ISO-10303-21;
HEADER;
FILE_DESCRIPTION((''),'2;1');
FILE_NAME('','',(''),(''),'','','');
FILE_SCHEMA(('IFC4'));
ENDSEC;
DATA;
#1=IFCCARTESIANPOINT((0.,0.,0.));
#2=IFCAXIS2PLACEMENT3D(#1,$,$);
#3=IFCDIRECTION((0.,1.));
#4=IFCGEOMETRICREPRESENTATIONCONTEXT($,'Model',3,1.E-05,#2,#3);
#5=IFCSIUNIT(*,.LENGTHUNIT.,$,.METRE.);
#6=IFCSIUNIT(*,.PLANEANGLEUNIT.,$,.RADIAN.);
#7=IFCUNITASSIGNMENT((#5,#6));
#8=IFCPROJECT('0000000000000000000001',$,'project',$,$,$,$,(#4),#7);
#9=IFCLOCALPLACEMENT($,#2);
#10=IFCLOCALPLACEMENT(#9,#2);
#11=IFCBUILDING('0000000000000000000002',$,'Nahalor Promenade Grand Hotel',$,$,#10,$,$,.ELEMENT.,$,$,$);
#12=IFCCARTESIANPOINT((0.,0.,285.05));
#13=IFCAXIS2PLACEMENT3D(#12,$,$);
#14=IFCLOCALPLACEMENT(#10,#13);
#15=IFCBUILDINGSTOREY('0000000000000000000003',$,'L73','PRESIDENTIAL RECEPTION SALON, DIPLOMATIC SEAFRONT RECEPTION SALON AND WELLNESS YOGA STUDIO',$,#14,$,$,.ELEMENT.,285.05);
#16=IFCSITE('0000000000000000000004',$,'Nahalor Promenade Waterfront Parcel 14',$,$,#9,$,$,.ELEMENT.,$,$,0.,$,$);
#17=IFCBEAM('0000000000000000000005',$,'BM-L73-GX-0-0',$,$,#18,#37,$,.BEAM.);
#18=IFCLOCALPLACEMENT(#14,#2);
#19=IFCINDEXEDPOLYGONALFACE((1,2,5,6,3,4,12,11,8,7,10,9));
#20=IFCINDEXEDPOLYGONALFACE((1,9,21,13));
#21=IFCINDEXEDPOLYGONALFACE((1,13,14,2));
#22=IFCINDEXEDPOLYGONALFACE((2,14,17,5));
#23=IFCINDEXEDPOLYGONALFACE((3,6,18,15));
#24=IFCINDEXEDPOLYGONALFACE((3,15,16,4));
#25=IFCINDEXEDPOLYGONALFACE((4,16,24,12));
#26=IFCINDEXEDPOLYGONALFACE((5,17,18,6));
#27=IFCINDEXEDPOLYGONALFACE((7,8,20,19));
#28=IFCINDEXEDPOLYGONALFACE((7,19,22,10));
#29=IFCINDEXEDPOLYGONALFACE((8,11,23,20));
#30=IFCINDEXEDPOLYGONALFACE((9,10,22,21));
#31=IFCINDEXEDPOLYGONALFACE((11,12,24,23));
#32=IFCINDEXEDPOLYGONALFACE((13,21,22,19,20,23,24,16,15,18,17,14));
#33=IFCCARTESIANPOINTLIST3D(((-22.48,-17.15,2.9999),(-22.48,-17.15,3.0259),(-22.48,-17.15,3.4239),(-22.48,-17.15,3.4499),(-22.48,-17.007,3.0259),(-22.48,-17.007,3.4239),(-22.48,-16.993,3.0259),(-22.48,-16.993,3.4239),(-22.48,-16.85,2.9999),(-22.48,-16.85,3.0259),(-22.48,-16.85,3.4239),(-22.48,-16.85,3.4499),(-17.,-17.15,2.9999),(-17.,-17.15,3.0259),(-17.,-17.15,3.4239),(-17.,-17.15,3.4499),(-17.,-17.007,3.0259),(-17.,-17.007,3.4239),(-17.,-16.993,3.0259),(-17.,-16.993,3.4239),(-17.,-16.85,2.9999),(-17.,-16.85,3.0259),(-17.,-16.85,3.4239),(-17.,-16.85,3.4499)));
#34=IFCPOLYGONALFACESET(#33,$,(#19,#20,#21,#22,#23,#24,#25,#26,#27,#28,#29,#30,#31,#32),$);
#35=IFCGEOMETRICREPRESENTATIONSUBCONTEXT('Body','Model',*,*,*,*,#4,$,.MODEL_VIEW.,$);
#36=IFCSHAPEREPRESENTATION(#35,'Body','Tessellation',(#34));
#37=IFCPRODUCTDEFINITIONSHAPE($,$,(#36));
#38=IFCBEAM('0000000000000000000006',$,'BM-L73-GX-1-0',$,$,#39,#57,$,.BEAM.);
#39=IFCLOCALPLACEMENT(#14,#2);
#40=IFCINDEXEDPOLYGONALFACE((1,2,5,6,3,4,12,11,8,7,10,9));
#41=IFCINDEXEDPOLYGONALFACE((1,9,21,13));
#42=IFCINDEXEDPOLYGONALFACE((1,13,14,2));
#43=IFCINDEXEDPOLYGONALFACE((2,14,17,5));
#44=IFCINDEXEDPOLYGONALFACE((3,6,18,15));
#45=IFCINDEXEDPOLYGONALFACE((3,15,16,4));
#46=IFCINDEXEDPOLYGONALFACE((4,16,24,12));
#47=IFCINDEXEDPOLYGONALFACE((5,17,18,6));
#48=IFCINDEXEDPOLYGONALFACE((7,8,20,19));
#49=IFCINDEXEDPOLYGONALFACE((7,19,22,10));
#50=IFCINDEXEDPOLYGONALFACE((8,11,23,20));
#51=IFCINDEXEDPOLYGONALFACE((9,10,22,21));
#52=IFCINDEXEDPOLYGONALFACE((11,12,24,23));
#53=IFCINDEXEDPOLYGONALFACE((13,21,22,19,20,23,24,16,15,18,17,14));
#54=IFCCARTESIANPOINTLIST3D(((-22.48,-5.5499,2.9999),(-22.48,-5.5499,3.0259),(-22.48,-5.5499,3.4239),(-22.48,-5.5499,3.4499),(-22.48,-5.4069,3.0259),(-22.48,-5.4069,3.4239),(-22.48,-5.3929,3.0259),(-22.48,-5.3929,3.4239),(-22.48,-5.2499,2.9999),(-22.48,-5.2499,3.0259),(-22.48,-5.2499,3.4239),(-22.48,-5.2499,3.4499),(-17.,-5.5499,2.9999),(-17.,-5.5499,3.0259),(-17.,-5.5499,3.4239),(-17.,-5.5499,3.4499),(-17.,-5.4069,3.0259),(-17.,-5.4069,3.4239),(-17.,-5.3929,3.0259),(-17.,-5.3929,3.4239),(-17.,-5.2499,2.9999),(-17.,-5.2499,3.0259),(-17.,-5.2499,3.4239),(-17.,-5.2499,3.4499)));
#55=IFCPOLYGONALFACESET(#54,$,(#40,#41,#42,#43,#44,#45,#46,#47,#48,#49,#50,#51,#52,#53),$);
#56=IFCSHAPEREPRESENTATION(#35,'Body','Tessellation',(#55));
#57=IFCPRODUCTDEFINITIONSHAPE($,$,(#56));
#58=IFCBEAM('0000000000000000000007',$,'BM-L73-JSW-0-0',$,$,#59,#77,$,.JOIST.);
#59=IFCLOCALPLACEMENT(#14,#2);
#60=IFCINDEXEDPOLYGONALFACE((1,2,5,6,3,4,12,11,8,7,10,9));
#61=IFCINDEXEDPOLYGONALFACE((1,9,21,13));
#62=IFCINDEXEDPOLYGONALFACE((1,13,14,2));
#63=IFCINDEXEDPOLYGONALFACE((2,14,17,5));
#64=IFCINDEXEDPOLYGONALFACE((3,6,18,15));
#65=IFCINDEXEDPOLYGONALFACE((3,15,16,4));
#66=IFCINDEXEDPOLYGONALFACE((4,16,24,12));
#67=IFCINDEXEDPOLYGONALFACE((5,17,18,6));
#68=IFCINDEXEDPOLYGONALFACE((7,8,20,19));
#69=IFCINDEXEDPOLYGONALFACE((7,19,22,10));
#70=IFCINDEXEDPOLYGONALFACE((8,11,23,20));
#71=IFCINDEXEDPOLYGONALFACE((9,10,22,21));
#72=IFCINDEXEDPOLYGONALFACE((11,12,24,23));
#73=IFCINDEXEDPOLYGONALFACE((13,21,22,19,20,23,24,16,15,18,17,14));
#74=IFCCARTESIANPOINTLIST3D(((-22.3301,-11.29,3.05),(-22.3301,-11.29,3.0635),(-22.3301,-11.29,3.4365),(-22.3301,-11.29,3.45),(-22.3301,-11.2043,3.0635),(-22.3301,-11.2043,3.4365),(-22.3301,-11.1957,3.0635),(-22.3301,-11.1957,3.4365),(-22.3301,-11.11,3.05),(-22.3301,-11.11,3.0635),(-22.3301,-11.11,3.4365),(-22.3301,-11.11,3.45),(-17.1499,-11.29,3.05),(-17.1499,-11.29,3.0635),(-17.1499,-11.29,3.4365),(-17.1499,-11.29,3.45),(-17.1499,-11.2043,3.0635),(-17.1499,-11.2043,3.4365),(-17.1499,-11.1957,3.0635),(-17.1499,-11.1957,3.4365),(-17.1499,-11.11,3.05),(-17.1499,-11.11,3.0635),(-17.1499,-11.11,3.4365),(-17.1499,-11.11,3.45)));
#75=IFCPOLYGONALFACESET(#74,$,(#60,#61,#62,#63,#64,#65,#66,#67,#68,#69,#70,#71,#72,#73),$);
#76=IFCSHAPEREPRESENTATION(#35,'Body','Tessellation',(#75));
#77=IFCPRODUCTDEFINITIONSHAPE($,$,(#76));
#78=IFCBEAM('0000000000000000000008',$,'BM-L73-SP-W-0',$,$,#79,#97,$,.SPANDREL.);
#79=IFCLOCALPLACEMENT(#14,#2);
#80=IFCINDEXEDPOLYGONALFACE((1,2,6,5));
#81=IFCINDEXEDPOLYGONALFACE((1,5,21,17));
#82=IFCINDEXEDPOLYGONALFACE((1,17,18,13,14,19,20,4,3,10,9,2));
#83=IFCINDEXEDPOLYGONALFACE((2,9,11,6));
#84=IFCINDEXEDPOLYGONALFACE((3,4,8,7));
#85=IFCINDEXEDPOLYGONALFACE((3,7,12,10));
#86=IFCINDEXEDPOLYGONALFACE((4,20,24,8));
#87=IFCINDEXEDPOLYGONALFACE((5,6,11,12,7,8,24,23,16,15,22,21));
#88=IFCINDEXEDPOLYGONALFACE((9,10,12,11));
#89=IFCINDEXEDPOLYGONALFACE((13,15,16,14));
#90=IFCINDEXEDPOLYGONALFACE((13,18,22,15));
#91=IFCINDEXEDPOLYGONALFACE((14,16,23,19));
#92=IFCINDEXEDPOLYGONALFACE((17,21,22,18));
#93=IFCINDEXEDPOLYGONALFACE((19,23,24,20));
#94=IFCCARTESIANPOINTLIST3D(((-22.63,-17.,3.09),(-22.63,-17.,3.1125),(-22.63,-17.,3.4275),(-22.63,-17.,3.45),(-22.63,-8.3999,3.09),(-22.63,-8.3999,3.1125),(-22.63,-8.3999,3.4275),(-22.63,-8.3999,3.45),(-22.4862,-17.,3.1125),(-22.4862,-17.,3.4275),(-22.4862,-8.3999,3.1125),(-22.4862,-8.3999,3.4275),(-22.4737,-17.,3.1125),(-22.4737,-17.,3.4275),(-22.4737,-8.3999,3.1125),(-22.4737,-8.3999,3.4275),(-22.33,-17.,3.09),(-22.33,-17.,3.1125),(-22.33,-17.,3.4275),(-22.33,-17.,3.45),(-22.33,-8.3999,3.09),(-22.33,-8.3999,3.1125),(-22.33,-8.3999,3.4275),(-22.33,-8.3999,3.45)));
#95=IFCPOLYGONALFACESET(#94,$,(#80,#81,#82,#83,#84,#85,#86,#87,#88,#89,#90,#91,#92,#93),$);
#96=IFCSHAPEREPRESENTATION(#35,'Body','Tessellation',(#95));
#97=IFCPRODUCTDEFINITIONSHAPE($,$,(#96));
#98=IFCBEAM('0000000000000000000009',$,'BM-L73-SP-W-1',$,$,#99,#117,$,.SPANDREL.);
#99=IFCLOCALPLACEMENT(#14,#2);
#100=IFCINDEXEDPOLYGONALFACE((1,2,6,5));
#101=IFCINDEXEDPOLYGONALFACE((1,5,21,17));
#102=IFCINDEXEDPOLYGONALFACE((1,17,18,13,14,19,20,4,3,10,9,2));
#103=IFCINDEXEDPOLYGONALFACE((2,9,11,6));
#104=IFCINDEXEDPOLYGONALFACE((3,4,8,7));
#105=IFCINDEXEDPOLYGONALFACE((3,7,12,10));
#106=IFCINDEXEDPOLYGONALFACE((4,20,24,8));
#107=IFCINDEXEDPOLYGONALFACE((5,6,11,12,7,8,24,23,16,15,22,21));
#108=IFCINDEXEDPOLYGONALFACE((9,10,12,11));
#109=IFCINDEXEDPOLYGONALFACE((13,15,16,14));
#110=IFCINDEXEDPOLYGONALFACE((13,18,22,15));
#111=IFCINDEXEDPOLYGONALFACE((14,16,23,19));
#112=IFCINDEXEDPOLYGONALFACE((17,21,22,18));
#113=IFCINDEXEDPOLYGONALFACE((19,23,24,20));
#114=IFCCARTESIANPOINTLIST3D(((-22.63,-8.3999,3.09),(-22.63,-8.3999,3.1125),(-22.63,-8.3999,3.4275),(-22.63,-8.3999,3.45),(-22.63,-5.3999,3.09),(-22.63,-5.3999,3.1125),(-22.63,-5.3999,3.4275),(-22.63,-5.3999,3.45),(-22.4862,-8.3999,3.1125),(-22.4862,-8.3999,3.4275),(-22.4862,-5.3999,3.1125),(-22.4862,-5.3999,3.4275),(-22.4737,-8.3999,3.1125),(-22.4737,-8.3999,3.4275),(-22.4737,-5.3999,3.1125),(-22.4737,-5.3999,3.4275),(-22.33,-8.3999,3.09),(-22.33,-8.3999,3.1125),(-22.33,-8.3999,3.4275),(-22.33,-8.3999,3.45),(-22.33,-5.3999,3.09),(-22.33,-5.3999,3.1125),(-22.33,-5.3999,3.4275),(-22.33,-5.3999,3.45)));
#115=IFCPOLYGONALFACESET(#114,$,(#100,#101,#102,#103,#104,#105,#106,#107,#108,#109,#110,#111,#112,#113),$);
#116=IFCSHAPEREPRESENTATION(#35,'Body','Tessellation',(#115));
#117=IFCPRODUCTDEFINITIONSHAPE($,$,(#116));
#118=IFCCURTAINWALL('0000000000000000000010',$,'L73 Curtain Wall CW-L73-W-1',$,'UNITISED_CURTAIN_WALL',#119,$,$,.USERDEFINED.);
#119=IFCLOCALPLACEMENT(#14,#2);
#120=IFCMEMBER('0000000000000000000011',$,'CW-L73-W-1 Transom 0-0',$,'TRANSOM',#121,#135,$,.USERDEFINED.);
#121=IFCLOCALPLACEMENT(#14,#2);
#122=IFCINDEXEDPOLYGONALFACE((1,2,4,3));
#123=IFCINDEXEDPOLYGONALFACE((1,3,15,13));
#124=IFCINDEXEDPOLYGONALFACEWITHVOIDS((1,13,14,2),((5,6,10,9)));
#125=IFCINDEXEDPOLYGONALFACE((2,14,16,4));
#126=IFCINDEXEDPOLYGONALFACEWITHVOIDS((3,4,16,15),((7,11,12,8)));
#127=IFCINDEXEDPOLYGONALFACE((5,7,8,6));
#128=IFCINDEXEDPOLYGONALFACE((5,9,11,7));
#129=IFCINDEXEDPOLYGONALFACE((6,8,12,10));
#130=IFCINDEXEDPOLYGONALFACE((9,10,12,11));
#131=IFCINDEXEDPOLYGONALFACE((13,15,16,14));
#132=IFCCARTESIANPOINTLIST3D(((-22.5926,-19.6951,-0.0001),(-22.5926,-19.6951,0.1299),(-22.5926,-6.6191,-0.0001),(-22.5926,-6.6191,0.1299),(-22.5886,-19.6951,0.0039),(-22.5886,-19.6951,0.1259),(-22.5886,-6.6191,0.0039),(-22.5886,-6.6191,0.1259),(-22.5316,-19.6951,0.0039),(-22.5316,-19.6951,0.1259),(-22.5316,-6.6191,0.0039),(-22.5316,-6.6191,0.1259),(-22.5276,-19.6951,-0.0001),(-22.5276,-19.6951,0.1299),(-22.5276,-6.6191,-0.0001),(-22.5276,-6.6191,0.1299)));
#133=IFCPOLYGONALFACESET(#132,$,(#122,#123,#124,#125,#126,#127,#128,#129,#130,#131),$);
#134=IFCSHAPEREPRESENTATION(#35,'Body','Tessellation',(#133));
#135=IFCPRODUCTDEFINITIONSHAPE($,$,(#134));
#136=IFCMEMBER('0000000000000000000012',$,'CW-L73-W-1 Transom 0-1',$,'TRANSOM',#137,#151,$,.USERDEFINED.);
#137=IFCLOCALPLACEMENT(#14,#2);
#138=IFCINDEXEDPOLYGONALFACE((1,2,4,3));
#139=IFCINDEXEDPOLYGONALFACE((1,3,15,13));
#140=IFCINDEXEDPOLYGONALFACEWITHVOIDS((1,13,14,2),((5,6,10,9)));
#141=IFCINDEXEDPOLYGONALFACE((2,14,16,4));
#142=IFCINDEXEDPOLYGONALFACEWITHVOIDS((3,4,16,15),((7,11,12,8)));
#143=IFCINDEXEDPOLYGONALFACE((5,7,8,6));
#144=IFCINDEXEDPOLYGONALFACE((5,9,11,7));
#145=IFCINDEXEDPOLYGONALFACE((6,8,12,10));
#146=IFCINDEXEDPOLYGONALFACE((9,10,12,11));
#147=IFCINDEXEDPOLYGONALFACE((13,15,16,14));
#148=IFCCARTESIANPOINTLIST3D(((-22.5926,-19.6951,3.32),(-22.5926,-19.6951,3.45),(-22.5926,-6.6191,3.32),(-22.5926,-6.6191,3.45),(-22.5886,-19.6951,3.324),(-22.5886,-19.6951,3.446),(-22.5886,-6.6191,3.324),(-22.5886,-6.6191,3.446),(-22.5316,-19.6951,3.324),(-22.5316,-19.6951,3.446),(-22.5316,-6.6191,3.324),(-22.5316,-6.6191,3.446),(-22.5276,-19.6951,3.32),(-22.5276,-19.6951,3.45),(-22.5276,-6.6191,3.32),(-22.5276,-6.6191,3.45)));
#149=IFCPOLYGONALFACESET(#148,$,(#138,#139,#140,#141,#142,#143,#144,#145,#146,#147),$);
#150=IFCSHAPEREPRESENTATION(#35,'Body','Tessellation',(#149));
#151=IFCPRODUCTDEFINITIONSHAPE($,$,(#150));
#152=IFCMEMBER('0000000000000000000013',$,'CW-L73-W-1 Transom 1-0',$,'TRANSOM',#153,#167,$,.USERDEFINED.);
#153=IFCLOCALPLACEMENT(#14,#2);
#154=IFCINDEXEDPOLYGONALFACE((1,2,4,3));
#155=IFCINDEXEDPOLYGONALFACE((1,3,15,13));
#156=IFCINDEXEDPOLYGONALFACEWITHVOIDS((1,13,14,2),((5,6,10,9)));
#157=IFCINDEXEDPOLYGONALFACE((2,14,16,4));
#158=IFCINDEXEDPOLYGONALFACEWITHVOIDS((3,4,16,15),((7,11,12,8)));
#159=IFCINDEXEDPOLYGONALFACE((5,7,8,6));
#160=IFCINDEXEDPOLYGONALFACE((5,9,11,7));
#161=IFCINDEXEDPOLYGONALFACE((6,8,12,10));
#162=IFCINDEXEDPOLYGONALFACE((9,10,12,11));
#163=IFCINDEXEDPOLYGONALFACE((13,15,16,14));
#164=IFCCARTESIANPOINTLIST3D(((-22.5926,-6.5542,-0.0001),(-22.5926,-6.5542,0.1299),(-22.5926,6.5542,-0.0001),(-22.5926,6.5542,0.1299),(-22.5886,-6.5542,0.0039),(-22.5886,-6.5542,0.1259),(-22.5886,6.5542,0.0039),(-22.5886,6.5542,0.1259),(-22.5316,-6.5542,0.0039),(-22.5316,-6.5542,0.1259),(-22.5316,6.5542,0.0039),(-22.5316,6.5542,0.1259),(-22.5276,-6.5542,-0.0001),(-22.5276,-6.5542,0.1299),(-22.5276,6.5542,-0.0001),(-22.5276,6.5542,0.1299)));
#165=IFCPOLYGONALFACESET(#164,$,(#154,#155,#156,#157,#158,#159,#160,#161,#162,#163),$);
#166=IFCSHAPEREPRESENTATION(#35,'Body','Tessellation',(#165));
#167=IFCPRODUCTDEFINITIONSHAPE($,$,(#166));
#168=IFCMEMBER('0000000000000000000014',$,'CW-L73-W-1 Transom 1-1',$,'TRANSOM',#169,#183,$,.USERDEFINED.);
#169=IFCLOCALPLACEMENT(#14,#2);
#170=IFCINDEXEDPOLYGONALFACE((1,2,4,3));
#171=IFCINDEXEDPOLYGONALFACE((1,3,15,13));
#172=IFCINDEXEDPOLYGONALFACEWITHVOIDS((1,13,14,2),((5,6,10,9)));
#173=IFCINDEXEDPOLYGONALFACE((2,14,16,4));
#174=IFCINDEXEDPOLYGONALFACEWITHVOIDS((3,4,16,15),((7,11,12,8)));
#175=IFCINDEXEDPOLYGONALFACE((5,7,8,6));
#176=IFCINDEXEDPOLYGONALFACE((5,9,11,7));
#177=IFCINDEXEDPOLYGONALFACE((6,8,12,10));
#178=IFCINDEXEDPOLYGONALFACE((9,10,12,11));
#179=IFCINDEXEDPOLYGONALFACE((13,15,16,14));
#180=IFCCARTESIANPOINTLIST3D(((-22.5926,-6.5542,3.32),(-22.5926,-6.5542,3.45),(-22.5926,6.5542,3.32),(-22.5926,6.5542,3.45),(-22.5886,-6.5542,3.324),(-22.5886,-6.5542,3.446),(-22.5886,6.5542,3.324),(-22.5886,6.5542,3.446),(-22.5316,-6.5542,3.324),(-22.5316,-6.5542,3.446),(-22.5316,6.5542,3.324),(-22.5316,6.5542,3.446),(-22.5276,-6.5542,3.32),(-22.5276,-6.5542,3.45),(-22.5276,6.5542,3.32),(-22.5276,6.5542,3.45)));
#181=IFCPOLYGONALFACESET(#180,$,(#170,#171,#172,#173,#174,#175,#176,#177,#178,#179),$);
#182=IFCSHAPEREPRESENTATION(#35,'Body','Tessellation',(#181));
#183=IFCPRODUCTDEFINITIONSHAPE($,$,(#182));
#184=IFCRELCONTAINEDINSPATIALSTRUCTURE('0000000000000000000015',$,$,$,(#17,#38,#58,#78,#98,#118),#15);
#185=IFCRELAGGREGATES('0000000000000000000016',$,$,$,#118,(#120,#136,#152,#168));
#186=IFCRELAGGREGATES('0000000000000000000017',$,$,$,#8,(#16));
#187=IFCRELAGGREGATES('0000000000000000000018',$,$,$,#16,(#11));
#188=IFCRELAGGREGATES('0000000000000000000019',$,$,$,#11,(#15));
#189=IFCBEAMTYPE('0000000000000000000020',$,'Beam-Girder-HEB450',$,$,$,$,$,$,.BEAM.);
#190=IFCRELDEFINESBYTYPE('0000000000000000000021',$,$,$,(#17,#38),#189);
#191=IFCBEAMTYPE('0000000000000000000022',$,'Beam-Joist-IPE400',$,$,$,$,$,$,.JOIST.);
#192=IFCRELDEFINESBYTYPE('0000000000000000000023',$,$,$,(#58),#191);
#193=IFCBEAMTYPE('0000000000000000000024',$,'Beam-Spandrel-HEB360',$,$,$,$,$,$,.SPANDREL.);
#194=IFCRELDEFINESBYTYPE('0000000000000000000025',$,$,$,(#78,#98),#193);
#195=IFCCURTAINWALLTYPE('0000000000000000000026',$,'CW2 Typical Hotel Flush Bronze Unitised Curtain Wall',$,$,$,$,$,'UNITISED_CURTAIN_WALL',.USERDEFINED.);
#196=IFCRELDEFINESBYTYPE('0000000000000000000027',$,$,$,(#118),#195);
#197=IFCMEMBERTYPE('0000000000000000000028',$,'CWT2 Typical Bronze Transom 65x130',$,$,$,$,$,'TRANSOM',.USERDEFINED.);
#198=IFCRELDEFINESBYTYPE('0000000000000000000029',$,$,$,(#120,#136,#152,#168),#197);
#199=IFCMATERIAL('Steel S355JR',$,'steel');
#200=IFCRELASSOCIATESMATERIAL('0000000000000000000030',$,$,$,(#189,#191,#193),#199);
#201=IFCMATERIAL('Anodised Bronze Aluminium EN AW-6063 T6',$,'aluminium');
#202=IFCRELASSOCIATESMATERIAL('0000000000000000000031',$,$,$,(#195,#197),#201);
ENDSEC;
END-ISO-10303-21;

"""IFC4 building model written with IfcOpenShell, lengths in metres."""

from ifc_helpers import new_model, si_unit, direction, frame, origin, origin_2d, place, context, subcontext, project, spatial, hollow_rectangle, i_section, extrude, source, transform, mapped, material, material_profile, profile_set, type_object, element, aggregate, save


model = new_model("IFC4")

# Units and contexts
model_context = context("Model", 3, precision=1e-05, world=origin(), true_north=direction((0.0, 1.0)))
body_context = subcontext(model_context, "Body", "Model", "MODEL_VIEW")
ifc_project = project(units=[si_unit("LENGTHUNIT", "METRE"), si_unit("PLANEANGLEUNIT", "RADIAN")], contexts=[model_context])

# Site, building, storey
site_placement = place(None, origin())
site = spatial("IfcSite", under=ifc_project, at=site_placement, Name="Nahalor Promenade Waterfront Parcel 14", CompositionType="ELEMENT", RefElevation=0.0)
building_placement = place(site_placement, origin())
building = spatial("IfcBuilding", under=site, at=building_placement, Name="Nahalor Promenade Grand Hotel", CompositionType="ELEMENT")
storey_placement = place(building_placement, frame((0.0, 0.0, 285.05)))
storey = spatial("IfcBuildingStorey", under=building, at=storey_placement, Name="L73", Description="PRESIDENTIAL RECEPTION SALON, DIPLOMATIC SEAFRONT RECEPTION SALON AND WELLNESS YOGA STUDIO", CompositionType="ELEMENT", Elevation=285.05)

# Shared definitions
ifc_material_1 = material(Name="Steel S355JR", Category="steel")

# Beams
ifc_material_profile_1 = material_profile(ifc_material_1, i_section(OverallWidth=0.3, OverallDepth=0.45, WebThickness=0.014, FlangeThickness=0.026, at=origin_2d()), Name="HEB 450")
ifc_profile_set_1 = profile_set([ifc_material_profile_1], Name="Steel S355JR")
beam_type_1 = type_object("IfcBeamType", Name="Beam-Girder-HEB450", PredefinedType="BEAM", material=ifc_profile_set_1)
ifc_material_profile_2 = material_profile(ifc_material_1, i_section(OverallWidth=0.18, OverallDepth=0.4, WebThickness=0.0086, FlangeThickness=0.0135, at=origin_2d()), Name="IPE 400")
ifc_profile_set_2 = profile_set([ifc_material_profile_2], Name="Steel S355JR")
beam_type_2 = type_object("IfcBeamType", Name="Beam-Joist-IPE400", PredefinedType="JOIST", material=ifc_profile_set_2)
shared_shape_1 = source(origin(), body_context, "Body", "SweptSolid", [
    extrude(i_section(OverallWidth=0.3, OverallDepth=0.45, WebThickness=0.014, FlangeThickness=0.026, at=origin_2d()), origin(), (0.0, 0.0, 1.0), 5.48),
])
for number, where, z_axis, x_axis, name in (
    (1, (-22.48, -17.0, 3.2249), (1.0, 0.0, 0.0), (0.0, 1.0, 0.0), "BM-L73-GX-0-0"),
    (2, (-22.48, -5.3999, 3.2249), (1.0, 0.0, 0.0), (0.0, 1.0, 0.0), "BM-L73-GX-1-0"),
):
    element("IfcBeam", number, at=place(storey_placement, frame(where, z_axis=z_axis, x_axis=x_axis)), inside=storey, type_object=beam_type_1, Name=name, PredefinedType="BEAM", context=body_context, shape_type="MappedRepresentation", body=[
        mapped(shared_shape_1, transform((0.0, 0.0, 0.0), scale=1.0)),
    ])
shared_shape_2 = source(origin(), body_context, "Body", "SweptSolid", [
    extrude(i_section(OverallWidth=0.18, OverallDepth=0.4, WebThickness=0.0086, FlangeThickness=0.0135, at=origin_2d()), origin(), (0.0, 0.0, 1.0), 5.1802),
])
beam_1_placement = place(storey_placement, frame((-22.3301, -11.2, 3.25), z_axis=(1.0, 0.0, 0.0), x_axis=(0.0, 1.0, 0.0)))
element("IfcBeam", 3, at=beam_1_placement, inside=storey, type_object=beam_type_2, Name="BM-L73-JSW-0-0", PredefinedType="JOIST", context=body_context, shape_type="MappedRepresentation", body=[
    mapped(shared_shape_2, transform((0.0, 0.0, 0.0), scale=1.0)),
])
ifc_material_profile_3 = material_profile(ifc_material_1, i_section(OverallWidth=0.3, OverallDepth=0.36, WebThickness=0.0125, FlangeThickness=0.0225, at=origin_2d()), Name="HEB 360")
ifc_profile_set_3 = profile_set([ifc_material_profile_3], Name="Steel S355JR")
beam_type_3 = type_object("IfcBeamType", Name="Beam-Spandrel-HEB360", PredefinedType="SPANDREL", material=ifc_profile_set_3)
shared_shape_3 = source(origin(), body_context, "Body", "SweptSolid", [
    extrude(i_section(OverallWidth=0.3, OverallDepth=0.36, WebThickness=0.0125, FlangeThickness=0.0225, at=origin_2d()), origin(), (0.0, 0.0, 1.0), 8.6001),
])
beam_2_placement = place(storey_placement, frame((-22.48, -17.0, 3.27), z_axis=(0.0, 1.0, 0.0), x_axis=(-1.0, 0.0, 0.0)))
element("IfcBeam", 4, at=beam_2_placement, inside=storey, type_object=beam_type_3, Name="BM-L73-SP-W-0", PredefinedType="SPANDREL", context=body_context, shape_type="MappedRepresentation", body=[
    mapped(shared_shape_3, transform((0.0, 0.0, 0.0), scale=1.0)),
])
shared_shape_4 = source(origin(), body_context, "Body", "SweptSolid", [
    extrude(i_section(OverallWidth=0.3, OverallDepth=0.36, WebThickness=0.0125, FlangeThickness=0.0225, at=origin_2d()), origin(), (0.0, 0.0, 1.0), 3.0),
])
beam_3_placement = place(storey_placement, frame((-22.48, -8.3999, 3.27), z_axis=(0.0, 1.0, 0.0), x_axis=(-1.0, 0.0, 0.0)))
element("IfcBeam", 5, at=beam_3_placement, inside=storey, type_object=beam_type_3, Name="BM-L73-SP-W-1", PredefinedType="SPANDREL", context=body_context, shape_type="MappedRepresentation", body=[
    mapped(shared_shape_4, transform((0.0, 0.0, 0.0), scale=1.0)),
])

# Curtain wall, members
ifc_material_2 = material(Name="Anodised Bronze Aluminium EN AW-6063 T6", Category="aluminium")
curtain_wall_type = type_object("IfcCurtainWallType", Name="CW2 Typical Hotel Flush Bronze Unitised Curtain Wall", ElementType="UNITISED_CURTAIN_WALL", PredefinedType="USERDEFINED", material=ifc_material_2)
curtain_wall_placement = place(storey_placement, origin())
curtain_wall = element("IfcCurtainWall", 6, at=curtain_wall_placement, inside=storey, type_object=curtain_wall_type, Name="L73 Curtain Wall CW-L73-W-1", ObjectType="UNITISED_CURTAIN_WALL", PredefinedType="USERDEFINED")
ifc_material_profile_4 = material_profile(ifc_material_2, hollow_rectangle(XDim=0.065, YDim=0.13, WallThickness=0.004, at=origin_2d()), Name="CWT 65x130x4")
ifc_profile_set_4 = profile_set([ifc_material_profile_4], Name="Anodised Bronze Aluminium EN AW-6063 T6")
member_type_1 = type_object("IfcMemberType", Name="CWT2 Typical Bronze Transom 65x130", ElementType="TRANSOM", PredefinedType="USERDEFINED", material=ifc_profile_set_4)
shared_shape_5 = source(origin(), body_context, "Body", "SweptSolid", [
    extrude(hollow_rectangle(XDim=0.065, YDim=0.13, WallThickness=0.004, at=origin_2d()), origin(), (0.0, 0.0, 1.0), 13.0759),
])
member_1_placement = place(storey_placement, frame((-22.5601, -19.6951, 0.0649), z_axis=(0.0, 1.0, 0.0), x_axis=(-1.0, 0.0, 0.0)))
member_1 = element("IfcMember", 7, at=member_1_placement, type_object=member_type_1, Name="CW-L73-W-1 Transom 0-0", ObjectType="TRANSOM", PredefinedType="USERDEFINED", context=body_context, shape_type="MappedRepresentation", body=[
    mapped(shared_shape_5, transform((0.0, 0.0, 0.0), scale=1.0)),
])
member_2_placement = place(storey_placement, frame((-22.5601, -19.6951, 3.385), z_axis=(0.0, 1.0, 0.0), x_axis=(-1.0, 0.0, 0.0)))
member_2 = element("IfcMember", 8, at=member_2_placement, type_object=member_type_1, Name="CW-L73-W-1 Transom 0-1", ObjectType="TRANSOM", PredefinedType="USERDEFINED", context=body_context, shape_type="MappedRepresentation", body=[
    mapped(shared_shape_5, transform((0.0, 0.0, 0.0), scale=1.0)),
])
shared_shape_6 = source(origin(), body_context, "Body", "SweptSolid", [
    extrude(hollow_rectangle(XDim=0.065, YDim=0.13, WallThickness=0.004, at=origin_2d()), origin(), (0.0, 0.0, 1.0), 13.1084),
])
member_3_placement = place(storey_placement, frame((-22.5601, -6.5542, 0.0649), z_axis=(0.0, 1.0, 0.0), x_axis=(-1.0, 0.0, 0.0)))
member_3 = element("IfcMember", 9, at=member_3_placement, type_object=member_type_1, Name="CW-L73-W-1 Transom 1-0", ObjectType="TRANSOM", PredefinedType="USERDEFINED", context=body_context, shape_type="MappedRepresentation", body=[
    mapped(shared_shape_6, transform((0.0, 0.0, 0.0), scale=1.0)),
])
member_4_placement = place(storey_placement, frame((-22.5601, -6.5542, 3.385), z_axis=(0.0, 1.0, 0.0), x_axis=(-1.0, 0.0, 0.0)))
member_4 = element("IfcMember", 10, at=member_4_placement, type_object=member_type_1, Name="CW-L73-W-1 Transom 1-1", ObjectType="TRANSOM", PredefinedType="USERDEFINED", context=body_context, shape_type="MappedRepresentation", body=[
    mapped(shared_shape_6, transform((0.0, 0.0, 0.0), scale=1.0)),
])
aggregate(curtain_wall, [member_1, member_2, member_3, member_4])

save(model, "model.ifc")
